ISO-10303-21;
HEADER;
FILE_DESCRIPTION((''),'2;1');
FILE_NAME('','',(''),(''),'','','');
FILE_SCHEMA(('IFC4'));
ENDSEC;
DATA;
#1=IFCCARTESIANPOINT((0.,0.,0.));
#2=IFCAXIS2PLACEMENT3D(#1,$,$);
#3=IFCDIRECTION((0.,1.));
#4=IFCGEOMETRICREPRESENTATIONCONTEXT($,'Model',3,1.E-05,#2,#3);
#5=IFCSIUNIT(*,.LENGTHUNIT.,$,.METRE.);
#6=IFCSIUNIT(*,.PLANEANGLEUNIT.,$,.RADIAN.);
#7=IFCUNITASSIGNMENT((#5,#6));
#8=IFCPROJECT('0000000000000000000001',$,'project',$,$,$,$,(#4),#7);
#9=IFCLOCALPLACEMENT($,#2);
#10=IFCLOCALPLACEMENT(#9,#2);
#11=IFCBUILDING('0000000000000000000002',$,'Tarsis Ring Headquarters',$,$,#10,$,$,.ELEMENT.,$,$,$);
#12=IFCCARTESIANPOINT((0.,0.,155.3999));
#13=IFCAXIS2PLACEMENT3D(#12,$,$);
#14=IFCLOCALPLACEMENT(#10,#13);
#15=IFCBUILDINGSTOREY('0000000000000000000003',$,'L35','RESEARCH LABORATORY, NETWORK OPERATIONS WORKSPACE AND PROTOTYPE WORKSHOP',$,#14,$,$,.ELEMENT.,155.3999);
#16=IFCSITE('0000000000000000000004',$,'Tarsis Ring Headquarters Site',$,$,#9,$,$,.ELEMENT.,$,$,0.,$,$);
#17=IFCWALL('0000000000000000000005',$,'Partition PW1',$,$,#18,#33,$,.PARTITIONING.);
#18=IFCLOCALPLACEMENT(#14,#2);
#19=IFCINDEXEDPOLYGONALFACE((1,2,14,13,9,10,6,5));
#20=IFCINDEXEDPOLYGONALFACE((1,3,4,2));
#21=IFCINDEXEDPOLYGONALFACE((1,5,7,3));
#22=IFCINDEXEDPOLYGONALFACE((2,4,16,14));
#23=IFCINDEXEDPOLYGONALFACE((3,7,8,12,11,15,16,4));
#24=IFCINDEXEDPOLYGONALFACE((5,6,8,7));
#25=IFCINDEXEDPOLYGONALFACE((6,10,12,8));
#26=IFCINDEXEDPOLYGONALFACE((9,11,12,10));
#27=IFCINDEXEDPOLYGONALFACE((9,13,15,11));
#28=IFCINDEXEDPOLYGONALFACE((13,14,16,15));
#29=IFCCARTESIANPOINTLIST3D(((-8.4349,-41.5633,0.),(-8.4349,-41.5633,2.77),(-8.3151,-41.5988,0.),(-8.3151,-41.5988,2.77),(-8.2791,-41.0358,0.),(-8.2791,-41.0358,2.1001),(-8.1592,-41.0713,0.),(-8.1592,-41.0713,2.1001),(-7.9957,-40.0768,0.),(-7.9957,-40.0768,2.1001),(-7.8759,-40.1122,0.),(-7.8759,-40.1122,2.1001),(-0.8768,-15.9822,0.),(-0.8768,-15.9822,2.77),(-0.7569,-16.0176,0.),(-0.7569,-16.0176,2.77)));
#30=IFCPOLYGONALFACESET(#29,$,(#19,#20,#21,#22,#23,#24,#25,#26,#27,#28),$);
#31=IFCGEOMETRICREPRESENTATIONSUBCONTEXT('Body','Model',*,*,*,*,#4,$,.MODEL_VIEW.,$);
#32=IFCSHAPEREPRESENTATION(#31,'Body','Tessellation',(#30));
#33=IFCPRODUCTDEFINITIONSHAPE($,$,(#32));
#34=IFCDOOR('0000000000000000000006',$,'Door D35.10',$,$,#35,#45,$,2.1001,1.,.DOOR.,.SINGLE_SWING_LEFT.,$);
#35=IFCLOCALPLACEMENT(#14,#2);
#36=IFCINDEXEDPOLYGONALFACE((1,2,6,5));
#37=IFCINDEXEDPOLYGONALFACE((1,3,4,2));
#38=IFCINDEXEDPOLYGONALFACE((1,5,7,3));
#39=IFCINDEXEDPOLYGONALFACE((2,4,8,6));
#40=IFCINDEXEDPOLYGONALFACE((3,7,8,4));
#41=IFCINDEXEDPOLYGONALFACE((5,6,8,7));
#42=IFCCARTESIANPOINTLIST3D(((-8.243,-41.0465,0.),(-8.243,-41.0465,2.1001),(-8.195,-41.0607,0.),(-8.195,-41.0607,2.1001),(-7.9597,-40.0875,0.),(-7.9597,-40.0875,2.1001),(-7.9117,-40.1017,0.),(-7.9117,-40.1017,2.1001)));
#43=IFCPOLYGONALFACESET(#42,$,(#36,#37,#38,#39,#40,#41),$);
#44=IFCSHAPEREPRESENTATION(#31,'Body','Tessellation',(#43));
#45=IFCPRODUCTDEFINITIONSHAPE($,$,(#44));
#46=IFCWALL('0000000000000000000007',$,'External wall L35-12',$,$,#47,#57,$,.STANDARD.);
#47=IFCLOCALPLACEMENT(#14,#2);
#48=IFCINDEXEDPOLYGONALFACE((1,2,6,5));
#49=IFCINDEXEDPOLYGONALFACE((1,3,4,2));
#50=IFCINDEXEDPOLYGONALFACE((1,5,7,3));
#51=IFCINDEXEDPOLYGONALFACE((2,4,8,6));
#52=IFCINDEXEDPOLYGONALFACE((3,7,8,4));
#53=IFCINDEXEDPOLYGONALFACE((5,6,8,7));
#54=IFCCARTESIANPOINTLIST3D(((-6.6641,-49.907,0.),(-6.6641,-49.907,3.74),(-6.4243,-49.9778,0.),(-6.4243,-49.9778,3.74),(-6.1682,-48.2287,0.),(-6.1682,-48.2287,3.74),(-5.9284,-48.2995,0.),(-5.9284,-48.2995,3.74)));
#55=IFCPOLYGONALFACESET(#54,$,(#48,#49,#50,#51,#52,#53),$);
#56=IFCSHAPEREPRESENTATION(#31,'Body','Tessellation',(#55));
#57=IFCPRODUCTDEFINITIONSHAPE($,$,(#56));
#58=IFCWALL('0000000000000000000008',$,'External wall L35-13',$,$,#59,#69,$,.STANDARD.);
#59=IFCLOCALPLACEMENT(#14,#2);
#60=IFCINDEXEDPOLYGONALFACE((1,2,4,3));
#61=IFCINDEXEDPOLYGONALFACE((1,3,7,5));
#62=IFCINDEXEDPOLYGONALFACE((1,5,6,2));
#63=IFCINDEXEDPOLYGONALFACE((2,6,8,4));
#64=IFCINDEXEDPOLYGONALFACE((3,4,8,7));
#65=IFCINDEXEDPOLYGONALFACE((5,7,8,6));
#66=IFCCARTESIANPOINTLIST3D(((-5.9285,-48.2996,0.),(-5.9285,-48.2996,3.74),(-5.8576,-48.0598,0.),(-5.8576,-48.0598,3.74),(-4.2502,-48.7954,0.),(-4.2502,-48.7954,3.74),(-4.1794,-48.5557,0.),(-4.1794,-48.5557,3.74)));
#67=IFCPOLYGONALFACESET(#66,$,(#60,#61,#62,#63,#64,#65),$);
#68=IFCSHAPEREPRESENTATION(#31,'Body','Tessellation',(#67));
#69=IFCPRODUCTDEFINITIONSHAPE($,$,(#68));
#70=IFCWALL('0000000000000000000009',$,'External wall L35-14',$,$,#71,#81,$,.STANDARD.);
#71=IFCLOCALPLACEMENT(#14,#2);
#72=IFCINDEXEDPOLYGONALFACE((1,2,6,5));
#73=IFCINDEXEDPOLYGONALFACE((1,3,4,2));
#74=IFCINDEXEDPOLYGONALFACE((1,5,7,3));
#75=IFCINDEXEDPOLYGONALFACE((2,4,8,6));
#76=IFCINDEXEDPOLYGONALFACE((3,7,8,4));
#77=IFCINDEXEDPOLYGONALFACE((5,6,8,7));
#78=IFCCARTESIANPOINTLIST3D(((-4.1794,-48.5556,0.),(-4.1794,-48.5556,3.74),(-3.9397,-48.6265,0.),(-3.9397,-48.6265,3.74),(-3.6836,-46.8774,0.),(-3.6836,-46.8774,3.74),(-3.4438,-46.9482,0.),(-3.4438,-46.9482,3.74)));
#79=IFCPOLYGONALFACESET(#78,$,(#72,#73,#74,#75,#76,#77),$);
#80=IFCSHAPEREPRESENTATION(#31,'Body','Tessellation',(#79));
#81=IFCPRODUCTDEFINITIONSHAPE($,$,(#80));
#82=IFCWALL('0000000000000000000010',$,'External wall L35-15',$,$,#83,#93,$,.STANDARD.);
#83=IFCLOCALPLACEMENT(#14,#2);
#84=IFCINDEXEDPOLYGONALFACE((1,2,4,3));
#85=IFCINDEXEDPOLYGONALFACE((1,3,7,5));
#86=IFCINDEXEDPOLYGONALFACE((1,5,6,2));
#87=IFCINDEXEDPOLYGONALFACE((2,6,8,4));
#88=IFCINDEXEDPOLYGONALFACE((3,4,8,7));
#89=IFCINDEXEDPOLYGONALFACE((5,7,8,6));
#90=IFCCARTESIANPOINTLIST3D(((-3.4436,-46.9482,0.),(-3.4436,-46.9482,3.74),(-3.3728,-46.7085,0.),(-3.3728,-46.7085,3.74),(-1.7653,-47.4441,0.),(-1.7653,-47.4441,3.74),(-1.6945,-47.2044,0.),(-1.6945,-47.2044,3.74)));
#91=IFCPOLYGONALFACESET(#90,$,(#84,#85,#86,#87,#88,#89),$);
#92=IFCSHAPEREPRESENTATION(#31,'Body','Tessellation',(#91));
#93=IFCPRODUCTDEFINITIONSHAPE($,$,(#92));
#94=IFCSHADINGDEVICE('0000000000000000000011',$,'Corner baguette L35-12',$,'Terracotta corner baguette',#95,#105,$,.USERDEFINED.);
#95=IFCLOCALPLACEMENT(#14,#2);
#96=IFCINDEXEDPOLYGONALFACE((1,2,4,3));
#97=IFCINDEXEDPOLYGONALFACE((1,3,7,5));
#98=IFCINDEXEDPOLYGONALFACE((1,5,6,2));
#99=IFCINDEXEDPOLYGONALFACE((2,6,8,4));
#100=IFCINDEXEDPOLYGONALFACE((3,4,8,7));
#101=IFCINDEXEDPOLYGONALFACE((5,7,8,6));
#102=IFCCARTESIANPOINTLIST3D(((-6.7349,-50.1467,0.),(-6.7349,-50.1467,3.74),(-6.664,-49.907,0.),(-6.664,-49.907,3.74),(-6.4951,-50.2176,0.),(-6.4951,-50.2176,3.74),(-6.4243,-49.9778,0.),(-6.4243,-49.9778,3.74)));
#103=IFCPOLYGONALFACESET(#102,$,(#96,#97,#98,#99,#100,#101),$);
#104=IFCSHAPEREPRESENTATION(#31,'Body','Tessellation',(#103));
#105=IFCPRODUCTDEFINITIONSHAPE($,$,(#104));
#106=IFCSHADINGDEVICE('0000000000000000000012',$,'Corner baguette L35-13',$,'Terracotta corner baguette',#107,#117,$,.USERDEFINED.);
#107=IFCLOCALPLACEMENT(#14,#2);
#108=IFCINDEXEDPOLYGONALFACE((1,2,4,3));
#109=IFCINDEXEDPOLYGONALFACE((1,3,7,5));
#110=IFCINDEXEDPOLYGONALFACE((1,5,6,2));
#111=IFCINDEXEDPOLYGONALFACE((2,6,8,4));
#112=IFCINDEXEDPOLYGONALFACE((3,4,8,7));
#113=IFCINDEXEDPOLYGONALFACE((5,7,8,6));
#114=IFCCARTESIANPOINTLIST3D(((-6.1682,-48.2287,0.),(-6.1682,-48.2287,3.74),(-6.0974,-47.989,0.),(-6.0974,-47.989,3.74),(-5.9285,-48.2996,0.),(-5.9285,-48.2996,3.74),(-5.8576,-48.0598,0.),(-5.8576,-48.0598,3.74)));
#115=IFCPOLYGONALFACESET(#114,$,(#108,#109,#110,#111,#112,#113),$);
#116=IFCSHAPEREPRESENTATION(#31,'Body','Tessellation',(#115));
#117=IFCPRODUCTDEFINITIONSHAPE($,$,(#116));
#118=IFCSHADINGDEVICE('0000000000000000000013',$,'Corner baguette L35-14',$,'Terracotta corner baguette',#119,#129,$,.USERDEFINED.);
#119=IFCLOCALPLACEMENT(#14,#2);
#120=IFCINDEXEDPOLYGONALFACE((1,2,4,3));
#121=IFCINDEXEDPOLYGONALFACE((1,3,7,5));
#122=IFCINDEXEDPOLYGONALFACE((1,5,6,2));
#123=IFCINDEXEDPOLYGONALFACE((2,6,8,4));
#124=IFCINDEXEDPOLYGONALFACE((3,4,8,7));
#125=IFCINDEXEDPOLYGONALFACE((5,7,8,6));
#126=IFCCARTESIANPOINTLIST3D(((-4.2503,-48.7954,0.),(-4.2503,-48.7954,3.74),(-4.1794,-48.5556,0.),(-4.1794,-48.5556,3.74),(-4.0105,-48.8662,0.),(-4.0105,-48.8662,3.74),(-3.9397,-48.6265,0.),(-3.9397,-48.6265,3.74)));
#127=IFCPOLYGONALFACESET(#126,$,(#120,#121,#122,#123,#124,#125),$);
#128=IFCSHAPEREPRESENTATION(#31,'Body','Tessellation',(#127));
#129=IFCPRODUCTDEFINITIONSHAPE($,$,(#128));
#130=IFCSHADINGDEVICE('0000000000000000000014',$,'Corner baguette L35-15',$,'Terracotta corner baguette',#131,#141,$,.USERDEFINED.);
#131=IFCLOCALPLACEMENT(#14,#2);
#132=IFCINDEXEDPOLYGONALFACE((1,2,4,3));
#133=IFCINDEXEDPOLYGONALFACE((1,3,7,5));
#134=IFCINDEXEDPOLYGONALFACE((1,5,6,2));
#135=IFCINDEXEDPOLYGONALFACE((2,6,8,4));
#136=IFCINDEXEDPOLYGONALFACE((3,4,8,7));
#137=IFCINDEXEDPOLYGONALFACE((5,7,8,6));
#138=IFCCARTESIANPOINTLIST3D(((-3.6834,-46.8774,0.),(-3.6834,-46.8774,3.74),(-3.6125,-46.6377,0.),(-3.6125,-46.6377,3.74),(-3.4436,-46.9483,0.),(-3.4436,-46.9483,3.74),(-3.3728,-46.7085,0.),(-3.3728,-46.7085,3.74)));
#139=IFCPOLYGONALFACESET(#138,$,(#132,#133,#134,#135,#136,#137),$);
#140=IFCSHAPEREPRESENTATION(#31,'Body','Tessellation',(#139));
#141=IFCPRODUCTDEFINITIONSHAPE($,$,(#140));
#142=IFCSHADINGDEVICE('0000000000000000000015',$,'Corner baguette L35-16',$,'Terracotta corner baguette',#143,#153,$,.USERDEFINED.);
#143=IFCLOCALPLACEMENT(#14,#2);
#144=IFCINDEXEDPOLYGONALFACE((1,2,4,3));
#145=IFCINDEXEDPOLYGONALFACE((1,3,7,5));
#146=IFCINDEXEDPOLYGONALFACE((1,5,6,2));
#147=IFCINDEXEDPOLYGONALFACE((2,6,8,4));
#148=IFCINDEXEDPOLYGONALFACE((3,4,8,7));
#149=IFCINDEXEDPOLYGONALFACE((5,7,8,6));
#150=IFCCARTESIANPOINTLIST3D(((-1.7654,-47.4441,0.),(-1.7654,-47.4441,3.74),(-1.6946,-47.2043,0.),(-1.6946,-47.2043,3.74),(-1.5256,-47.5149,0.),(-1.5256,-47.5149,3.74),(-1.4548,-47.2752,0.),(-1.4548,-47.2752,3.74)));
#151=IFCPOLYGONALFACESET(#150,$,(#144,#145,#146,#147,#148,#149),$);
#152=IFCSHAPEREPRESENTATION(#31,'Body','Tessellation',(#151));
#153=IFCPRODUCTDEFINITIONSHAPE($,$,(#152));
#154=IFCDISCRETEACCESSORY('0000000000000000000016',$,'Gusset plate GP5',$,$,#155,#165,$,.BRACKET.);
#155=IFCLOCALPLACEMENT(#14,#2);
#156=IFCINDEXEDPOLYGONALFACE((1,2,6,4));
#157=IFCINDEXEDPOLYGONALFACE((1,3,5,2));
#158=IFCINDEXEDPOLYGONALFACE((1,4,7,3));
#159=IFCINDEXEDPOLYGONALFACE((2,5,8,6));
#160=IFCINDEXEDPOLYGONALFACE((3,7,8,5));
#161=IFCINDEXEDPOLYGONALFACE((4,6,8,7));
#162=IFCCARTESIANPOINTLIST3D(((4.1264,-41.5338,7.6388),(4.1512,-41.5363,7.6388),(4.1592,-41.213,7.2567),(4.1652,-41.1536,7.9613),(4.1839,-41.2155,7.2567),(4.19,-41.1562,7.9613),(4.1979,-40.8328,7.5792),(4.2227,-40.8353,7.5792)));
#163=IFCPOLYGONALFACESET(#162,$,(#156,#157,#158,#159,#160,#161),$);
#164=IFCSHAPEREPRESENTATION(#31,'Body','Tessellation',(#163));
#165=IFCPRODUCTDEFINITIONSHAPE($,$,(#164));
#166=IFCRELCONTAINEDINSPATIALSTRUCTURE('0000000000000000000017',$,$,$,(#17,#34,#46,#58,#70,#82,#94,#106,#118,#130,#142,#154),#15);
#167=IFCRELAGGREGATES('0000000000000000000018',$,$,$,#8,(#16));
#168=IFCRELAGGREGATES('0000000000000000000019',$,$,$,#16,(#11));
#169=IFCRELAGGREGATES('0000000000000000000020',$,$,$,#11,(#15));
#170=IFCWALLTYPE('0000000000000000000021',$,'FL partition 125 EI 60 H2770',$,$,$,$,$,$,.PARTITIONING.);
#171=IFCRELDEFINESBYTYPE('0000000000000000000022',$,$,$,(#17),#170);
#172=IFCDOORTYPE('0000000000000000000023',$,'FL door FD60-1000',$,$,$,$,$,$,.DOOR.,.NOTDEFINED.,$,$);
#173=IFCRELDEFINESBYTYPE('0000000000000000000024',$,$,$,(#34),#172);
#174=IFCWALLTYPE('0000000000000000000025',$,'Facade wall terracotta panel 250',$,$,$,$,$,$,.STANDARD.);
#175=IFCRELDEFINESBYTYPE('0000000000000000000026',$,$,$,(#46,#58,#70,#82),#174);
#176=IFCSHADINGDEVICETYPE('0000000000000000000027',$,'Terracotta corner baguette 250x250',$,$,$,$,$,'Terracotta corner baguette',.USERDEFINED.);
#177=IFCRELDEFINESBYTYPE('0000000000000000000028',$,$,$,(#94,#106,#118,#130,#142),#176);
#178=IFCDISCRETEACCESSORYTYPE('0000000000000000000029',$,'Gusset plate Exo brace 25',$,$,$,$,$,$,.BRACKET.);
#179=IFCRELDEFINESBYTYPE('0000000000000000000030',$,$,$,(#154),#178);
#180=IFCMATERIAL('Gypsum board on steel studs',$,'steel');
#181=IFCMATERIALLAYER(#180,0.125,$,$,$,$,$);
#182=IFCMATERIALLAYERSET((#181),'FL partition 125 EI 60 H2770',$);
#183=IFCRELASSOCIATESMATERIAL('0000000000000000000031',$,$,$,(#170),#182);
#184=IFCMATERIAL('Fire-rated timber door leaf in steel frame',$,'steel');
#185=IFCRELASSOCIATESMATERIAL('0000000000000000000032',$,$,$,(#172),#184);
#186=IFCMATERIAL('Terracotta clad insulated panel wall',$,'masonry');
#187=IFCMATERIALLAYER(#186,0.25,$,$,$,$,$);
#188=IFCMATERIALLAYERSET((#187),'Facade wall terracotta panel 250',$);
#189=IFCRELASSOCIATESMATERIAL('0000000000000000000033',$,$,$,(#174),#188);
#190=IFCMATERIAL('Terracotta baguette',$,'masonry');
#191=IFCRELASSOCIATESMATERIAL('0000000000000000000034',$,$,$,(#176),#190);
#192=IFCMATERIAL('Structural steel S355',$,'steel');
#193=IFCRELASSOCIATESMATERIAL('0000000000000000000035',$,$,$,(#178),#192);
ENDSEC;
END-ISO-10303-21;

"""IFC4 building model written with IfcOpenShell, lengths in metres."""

from ifc_helpers import new_model, si_unit, direction, frame, frame_2d, origin, origin_2d, place, context, subcontext, project, spatial, rectangle, extrude, material, layer, layer_set, material_profile, profile_set, type_object, element, fill, save


model = new_model("IFC4")

# Units and contexts
model_context = context("Model", 3, precision=1e-05, world=origin(), true_north=direction((0.0, 1.0)))
body_context = subcontext(model_context, "Body", "Model", "MODEL_VIEW")
ifc_project = project(units=[si_unit("LENGTHUNIT", "METRE"), si_unit("PLANEANGLEUNIT", "RADIAN")], contexts=[model_context])

# Site, building, storey
site_placement = place(None, origin())
site = spatial("IfcSite", under=ifc_project, at=site_placement, Name="Tarsis Ring Headquarters Site", CompositionType="ELEMENT", RefElevation=0.0)
building_placement = place(site_placement, origin())
building = spatial("IfcBuilding", under=site, at=building_placement, Name="Tarsis Ring Headquarters", CompositionType="ELEMENT")
storey_placement = place(building_placement, frame((0.0, 0.0, 155.3999)))
storey = spatial("IfcBuildingStorey", under=building, at=storey_placement, Name="L35", Description="RESEARCH LABORATORY, NETWORK OPERATIONS WORKSPACE AND PROTOTYPE WORKSHOP", CompositionType="ELEMENT", Elevation=155.3999)

# Shared definitions
ifc_material_1 = material(Name="Structural steel S355", Category="steel")

# Wall, opening, door
ifc_material_2 = material(Name="Gypsum board on steel studs", Category="steel")
ifc_layer_1 = layer(ifc_material_2, 0.125)
ifc_layer_set_1 = layer_set([ifc_layer_1], Name="FL partition 125 EI 60 H2770")
wall_type_1 = type_object("IfcWallType", Name="FL partition 125 EI 60 H2770", PredefinedType="PARTITIONING", material=ifc_layer_set_1)
wall_1_placement = place(storey_placement, frame((-8.375, -41.5811, 0.0), z_axis=(0.0, 0.0, 1.0), x_axis=(0.283348, 0.959017, 0.0)))
wall_1 = element("IfcWall", 1, at=wall_1_placement, inside=storey, type_object=wall_type_1, Name="Partition PW1", PredefinedType="PARTITIONING", context=body_context, shape_type="SweptSolid", body=[
    extrude(rectangle(XDim=26.6743, YDim=0.125, at=frame_2d((13.3372, 0.0))), origin(), (0.0, 0.0, 1.0), 2.77),
])
opening_1_placement = place(wall_1_placement, frame((0.55, 0.0, 0.0)))
opening_1 = element("IfcOpeningElement", 2, at=opening_1_placement, cuts=wall_1, PredefinedType="OPENING", context=body_context, shape_type="SweptSolid", body=[
    extrude(rectangle(XDim=1.0, YDim=2.1001, at=frame_2d((0.5, 1.05))), frame((0.0, 0.0725, 0.0), z_axis=(0.0, -1.0, 0.0), x_axis=(1.0, 0.0, 0.0)), (0.0, 0.0, 1.0), 0.145),
])
ifc_material_3 = material(Name="Fire-rated timber door leaf in steel frame", Category="steel")
door_type_1 = type_object("IfcDoorType", Name="FL door FD60-1000", OperationType="NOTDEFINED", PredefinedType="DOOR", material=ifc_material_3)
door_1_placement = place(opening_1_placement, origin())
door_1 = element("IfcDoor", 3, at=door_1_placement, inside=storey, type_object=door_type_1, Name="Door D35.10", OperationType="SINGLE_SWING_LEFT", OverallHeight=2.1001, OverallWidth=1.0, PredefinedType="DOOR", context=body_context, shape_type="SweptSolid", body=[
    extrude(rectangle(XDim=1.0, YDim=2.1001, at=frame_2d((0.5, 1.05))), frame((0.0, 0.0249, 0.0), z_axis=(0.0, -1.0, 0.0), x_axis=(1.0, 0.0, 0.0)), (0.0, 0.0, 1.0), 0.05),
])
fill(opening_1, door_1)

# Walls
ifc_material_4 = material(Name="Terracotta clad insulated panel wall", Category="masonry")
ifc_layer_2 = layer(ifc_material_4, 0.25)
ifc_layer_set_2 = layer_set([ifc_layer_2], Name="Facade wall terracotta panel 250")
wall_type_2 = type_object("IfcWallType", Name="Facade wall terracotta panel 250", PredefinedType="STANDARD", material=ifc_layer_set_2)
for number, where, z_axis, x_axis, name in (
    (4, (-6.5442, -49.9424, 0.0), (0.0, 0.0, 1.0), (0.283352, 0.959016, 0.0), "External wall L35-12"),
    (5, (-5.8931, -48.1797, 0.0), (0.0, 0.0, 1.0), (0.959016, -0.283352, 0.0), "External wall L35-13"),
    (6, (-4.0596, -48.5911, 0.0), (0.0, 0.0, 1.0), (0.283352, 0.959016, 0.0), "External wall L35-14"),
    (7, (-3.4082, -46.8284, 0.0), (0.0, 0.0, 1.0), (0.959016, -0.283352, 0.0), "External wall L35-15"),
):
    element("IfcWall", number, at=place(storey_placement, frame(where, z_axis=z_axis, x_axis=x_axis)), inside=storey, type_object=wall_type_2, Name=name, PredefinedType="STANDARD", context=body_context, shape_type="SweptSolid", body=[
        extrude(rectangle(XDim=1.75, YDim=0.25, at=frame_2d((0.875, 0.0))), origin(), (0.0, 0.0, 1.0), 3.74),
    ])

# Shading devices
ifc_material_5 = material(Name="Terracotta baguette", Category="masonry")
shading_device_type_1 = type_object("IfcShadingDeviceType", Name="Terracotta corner baguette 250x250", ElementType="Terracotta corner baguette", PredefinedType="USERDEFINED", material=ifc_material_5)
for number, where, z_axis, x_axis, name in (
    (8, (-6.5796, -50.0623, 0.0), (0.0, 0.0, 1.0), (0.959018, -0.283346, 0.0), "Corner baguette L35-12"),
    (9, (-6.0129, -48.1443, 0.0), (0.0, 0.0, 1.0), (0.283346, 0.959018, 0.0), "Corner baguette L35-13"),
    (10, (-4.095, -48.7109, 0.0), (0.0, 0.0, 1.0), (0.959018, -0.283345, 0.0), "Corner baguette L35-14"),
    (11, (-3.5281, -46.793, 0.0), (0.0, 0.0, 1.0), (0.283346, 0.959018, 0.0), "Corner baguette L35-15"),
    (12, (-1.6101, -47.3596, 0.0), (0.0, 0.0, 1.0), (0.959018, -0.283346, 0.0), "Corner baguette L35-16"),
):
    element("IfcShadingDevice", number, at=place(storey_placement, frame(where, z_axis=z_axis, x_axis=x_axis)), inside=storey, type_object=shading_device_type_1, Name=name, ObjectType="Terracotta corner baguette", PredefinedType="USERDEFINED", context=body_context, shape_type="SweptSolid", body=[
        extrude(rectangle(XDim=0.25, YDim=0.25, at=origin_2d()), origin(), (0.0, 0.0, 1.0), 3.74),
    ])

# Discrete accessory
ifc_material_profile_1 = material_profile(ifc_material_1, rectangle(XDim=0.0249, YDim=0.5, at=origin_2d()), Name="PL 25x500")
ifc_profile_set_1 = profile_set([ifc_material_profile_1], Name="Structural steel S355")
discrete_accessory_type = type_object("IfcDiscreteAccessoryType", Name="Gusset plate Exo brace 25", PredefinedType="BRACKET", material=ifc_profile_set_1)
discrete_accessory_placement = place(storey_placement, frame((4.1582, -41.345, 7.8), z_axis=(0.065434, 0.641642, -0.764208), x_axis=(-0.99484, 0.101453, 0.0)))
element("IfcDiscreteAccessory", 13, at=discrete_accessory_placement, inside=storey, type_object=discrete_accessory_type, Name="Gusset plate GP5", PredefinedType="BRACKET", context=body_context, shape_type="SweptSolid", body=[
    extrude(rectangle(XDim=0.0249, YDim=0.5, at=origin_2d()), origin(), (0.0, 0.0, 1.0), 0.5),
])

save(model, "model.ifc")
